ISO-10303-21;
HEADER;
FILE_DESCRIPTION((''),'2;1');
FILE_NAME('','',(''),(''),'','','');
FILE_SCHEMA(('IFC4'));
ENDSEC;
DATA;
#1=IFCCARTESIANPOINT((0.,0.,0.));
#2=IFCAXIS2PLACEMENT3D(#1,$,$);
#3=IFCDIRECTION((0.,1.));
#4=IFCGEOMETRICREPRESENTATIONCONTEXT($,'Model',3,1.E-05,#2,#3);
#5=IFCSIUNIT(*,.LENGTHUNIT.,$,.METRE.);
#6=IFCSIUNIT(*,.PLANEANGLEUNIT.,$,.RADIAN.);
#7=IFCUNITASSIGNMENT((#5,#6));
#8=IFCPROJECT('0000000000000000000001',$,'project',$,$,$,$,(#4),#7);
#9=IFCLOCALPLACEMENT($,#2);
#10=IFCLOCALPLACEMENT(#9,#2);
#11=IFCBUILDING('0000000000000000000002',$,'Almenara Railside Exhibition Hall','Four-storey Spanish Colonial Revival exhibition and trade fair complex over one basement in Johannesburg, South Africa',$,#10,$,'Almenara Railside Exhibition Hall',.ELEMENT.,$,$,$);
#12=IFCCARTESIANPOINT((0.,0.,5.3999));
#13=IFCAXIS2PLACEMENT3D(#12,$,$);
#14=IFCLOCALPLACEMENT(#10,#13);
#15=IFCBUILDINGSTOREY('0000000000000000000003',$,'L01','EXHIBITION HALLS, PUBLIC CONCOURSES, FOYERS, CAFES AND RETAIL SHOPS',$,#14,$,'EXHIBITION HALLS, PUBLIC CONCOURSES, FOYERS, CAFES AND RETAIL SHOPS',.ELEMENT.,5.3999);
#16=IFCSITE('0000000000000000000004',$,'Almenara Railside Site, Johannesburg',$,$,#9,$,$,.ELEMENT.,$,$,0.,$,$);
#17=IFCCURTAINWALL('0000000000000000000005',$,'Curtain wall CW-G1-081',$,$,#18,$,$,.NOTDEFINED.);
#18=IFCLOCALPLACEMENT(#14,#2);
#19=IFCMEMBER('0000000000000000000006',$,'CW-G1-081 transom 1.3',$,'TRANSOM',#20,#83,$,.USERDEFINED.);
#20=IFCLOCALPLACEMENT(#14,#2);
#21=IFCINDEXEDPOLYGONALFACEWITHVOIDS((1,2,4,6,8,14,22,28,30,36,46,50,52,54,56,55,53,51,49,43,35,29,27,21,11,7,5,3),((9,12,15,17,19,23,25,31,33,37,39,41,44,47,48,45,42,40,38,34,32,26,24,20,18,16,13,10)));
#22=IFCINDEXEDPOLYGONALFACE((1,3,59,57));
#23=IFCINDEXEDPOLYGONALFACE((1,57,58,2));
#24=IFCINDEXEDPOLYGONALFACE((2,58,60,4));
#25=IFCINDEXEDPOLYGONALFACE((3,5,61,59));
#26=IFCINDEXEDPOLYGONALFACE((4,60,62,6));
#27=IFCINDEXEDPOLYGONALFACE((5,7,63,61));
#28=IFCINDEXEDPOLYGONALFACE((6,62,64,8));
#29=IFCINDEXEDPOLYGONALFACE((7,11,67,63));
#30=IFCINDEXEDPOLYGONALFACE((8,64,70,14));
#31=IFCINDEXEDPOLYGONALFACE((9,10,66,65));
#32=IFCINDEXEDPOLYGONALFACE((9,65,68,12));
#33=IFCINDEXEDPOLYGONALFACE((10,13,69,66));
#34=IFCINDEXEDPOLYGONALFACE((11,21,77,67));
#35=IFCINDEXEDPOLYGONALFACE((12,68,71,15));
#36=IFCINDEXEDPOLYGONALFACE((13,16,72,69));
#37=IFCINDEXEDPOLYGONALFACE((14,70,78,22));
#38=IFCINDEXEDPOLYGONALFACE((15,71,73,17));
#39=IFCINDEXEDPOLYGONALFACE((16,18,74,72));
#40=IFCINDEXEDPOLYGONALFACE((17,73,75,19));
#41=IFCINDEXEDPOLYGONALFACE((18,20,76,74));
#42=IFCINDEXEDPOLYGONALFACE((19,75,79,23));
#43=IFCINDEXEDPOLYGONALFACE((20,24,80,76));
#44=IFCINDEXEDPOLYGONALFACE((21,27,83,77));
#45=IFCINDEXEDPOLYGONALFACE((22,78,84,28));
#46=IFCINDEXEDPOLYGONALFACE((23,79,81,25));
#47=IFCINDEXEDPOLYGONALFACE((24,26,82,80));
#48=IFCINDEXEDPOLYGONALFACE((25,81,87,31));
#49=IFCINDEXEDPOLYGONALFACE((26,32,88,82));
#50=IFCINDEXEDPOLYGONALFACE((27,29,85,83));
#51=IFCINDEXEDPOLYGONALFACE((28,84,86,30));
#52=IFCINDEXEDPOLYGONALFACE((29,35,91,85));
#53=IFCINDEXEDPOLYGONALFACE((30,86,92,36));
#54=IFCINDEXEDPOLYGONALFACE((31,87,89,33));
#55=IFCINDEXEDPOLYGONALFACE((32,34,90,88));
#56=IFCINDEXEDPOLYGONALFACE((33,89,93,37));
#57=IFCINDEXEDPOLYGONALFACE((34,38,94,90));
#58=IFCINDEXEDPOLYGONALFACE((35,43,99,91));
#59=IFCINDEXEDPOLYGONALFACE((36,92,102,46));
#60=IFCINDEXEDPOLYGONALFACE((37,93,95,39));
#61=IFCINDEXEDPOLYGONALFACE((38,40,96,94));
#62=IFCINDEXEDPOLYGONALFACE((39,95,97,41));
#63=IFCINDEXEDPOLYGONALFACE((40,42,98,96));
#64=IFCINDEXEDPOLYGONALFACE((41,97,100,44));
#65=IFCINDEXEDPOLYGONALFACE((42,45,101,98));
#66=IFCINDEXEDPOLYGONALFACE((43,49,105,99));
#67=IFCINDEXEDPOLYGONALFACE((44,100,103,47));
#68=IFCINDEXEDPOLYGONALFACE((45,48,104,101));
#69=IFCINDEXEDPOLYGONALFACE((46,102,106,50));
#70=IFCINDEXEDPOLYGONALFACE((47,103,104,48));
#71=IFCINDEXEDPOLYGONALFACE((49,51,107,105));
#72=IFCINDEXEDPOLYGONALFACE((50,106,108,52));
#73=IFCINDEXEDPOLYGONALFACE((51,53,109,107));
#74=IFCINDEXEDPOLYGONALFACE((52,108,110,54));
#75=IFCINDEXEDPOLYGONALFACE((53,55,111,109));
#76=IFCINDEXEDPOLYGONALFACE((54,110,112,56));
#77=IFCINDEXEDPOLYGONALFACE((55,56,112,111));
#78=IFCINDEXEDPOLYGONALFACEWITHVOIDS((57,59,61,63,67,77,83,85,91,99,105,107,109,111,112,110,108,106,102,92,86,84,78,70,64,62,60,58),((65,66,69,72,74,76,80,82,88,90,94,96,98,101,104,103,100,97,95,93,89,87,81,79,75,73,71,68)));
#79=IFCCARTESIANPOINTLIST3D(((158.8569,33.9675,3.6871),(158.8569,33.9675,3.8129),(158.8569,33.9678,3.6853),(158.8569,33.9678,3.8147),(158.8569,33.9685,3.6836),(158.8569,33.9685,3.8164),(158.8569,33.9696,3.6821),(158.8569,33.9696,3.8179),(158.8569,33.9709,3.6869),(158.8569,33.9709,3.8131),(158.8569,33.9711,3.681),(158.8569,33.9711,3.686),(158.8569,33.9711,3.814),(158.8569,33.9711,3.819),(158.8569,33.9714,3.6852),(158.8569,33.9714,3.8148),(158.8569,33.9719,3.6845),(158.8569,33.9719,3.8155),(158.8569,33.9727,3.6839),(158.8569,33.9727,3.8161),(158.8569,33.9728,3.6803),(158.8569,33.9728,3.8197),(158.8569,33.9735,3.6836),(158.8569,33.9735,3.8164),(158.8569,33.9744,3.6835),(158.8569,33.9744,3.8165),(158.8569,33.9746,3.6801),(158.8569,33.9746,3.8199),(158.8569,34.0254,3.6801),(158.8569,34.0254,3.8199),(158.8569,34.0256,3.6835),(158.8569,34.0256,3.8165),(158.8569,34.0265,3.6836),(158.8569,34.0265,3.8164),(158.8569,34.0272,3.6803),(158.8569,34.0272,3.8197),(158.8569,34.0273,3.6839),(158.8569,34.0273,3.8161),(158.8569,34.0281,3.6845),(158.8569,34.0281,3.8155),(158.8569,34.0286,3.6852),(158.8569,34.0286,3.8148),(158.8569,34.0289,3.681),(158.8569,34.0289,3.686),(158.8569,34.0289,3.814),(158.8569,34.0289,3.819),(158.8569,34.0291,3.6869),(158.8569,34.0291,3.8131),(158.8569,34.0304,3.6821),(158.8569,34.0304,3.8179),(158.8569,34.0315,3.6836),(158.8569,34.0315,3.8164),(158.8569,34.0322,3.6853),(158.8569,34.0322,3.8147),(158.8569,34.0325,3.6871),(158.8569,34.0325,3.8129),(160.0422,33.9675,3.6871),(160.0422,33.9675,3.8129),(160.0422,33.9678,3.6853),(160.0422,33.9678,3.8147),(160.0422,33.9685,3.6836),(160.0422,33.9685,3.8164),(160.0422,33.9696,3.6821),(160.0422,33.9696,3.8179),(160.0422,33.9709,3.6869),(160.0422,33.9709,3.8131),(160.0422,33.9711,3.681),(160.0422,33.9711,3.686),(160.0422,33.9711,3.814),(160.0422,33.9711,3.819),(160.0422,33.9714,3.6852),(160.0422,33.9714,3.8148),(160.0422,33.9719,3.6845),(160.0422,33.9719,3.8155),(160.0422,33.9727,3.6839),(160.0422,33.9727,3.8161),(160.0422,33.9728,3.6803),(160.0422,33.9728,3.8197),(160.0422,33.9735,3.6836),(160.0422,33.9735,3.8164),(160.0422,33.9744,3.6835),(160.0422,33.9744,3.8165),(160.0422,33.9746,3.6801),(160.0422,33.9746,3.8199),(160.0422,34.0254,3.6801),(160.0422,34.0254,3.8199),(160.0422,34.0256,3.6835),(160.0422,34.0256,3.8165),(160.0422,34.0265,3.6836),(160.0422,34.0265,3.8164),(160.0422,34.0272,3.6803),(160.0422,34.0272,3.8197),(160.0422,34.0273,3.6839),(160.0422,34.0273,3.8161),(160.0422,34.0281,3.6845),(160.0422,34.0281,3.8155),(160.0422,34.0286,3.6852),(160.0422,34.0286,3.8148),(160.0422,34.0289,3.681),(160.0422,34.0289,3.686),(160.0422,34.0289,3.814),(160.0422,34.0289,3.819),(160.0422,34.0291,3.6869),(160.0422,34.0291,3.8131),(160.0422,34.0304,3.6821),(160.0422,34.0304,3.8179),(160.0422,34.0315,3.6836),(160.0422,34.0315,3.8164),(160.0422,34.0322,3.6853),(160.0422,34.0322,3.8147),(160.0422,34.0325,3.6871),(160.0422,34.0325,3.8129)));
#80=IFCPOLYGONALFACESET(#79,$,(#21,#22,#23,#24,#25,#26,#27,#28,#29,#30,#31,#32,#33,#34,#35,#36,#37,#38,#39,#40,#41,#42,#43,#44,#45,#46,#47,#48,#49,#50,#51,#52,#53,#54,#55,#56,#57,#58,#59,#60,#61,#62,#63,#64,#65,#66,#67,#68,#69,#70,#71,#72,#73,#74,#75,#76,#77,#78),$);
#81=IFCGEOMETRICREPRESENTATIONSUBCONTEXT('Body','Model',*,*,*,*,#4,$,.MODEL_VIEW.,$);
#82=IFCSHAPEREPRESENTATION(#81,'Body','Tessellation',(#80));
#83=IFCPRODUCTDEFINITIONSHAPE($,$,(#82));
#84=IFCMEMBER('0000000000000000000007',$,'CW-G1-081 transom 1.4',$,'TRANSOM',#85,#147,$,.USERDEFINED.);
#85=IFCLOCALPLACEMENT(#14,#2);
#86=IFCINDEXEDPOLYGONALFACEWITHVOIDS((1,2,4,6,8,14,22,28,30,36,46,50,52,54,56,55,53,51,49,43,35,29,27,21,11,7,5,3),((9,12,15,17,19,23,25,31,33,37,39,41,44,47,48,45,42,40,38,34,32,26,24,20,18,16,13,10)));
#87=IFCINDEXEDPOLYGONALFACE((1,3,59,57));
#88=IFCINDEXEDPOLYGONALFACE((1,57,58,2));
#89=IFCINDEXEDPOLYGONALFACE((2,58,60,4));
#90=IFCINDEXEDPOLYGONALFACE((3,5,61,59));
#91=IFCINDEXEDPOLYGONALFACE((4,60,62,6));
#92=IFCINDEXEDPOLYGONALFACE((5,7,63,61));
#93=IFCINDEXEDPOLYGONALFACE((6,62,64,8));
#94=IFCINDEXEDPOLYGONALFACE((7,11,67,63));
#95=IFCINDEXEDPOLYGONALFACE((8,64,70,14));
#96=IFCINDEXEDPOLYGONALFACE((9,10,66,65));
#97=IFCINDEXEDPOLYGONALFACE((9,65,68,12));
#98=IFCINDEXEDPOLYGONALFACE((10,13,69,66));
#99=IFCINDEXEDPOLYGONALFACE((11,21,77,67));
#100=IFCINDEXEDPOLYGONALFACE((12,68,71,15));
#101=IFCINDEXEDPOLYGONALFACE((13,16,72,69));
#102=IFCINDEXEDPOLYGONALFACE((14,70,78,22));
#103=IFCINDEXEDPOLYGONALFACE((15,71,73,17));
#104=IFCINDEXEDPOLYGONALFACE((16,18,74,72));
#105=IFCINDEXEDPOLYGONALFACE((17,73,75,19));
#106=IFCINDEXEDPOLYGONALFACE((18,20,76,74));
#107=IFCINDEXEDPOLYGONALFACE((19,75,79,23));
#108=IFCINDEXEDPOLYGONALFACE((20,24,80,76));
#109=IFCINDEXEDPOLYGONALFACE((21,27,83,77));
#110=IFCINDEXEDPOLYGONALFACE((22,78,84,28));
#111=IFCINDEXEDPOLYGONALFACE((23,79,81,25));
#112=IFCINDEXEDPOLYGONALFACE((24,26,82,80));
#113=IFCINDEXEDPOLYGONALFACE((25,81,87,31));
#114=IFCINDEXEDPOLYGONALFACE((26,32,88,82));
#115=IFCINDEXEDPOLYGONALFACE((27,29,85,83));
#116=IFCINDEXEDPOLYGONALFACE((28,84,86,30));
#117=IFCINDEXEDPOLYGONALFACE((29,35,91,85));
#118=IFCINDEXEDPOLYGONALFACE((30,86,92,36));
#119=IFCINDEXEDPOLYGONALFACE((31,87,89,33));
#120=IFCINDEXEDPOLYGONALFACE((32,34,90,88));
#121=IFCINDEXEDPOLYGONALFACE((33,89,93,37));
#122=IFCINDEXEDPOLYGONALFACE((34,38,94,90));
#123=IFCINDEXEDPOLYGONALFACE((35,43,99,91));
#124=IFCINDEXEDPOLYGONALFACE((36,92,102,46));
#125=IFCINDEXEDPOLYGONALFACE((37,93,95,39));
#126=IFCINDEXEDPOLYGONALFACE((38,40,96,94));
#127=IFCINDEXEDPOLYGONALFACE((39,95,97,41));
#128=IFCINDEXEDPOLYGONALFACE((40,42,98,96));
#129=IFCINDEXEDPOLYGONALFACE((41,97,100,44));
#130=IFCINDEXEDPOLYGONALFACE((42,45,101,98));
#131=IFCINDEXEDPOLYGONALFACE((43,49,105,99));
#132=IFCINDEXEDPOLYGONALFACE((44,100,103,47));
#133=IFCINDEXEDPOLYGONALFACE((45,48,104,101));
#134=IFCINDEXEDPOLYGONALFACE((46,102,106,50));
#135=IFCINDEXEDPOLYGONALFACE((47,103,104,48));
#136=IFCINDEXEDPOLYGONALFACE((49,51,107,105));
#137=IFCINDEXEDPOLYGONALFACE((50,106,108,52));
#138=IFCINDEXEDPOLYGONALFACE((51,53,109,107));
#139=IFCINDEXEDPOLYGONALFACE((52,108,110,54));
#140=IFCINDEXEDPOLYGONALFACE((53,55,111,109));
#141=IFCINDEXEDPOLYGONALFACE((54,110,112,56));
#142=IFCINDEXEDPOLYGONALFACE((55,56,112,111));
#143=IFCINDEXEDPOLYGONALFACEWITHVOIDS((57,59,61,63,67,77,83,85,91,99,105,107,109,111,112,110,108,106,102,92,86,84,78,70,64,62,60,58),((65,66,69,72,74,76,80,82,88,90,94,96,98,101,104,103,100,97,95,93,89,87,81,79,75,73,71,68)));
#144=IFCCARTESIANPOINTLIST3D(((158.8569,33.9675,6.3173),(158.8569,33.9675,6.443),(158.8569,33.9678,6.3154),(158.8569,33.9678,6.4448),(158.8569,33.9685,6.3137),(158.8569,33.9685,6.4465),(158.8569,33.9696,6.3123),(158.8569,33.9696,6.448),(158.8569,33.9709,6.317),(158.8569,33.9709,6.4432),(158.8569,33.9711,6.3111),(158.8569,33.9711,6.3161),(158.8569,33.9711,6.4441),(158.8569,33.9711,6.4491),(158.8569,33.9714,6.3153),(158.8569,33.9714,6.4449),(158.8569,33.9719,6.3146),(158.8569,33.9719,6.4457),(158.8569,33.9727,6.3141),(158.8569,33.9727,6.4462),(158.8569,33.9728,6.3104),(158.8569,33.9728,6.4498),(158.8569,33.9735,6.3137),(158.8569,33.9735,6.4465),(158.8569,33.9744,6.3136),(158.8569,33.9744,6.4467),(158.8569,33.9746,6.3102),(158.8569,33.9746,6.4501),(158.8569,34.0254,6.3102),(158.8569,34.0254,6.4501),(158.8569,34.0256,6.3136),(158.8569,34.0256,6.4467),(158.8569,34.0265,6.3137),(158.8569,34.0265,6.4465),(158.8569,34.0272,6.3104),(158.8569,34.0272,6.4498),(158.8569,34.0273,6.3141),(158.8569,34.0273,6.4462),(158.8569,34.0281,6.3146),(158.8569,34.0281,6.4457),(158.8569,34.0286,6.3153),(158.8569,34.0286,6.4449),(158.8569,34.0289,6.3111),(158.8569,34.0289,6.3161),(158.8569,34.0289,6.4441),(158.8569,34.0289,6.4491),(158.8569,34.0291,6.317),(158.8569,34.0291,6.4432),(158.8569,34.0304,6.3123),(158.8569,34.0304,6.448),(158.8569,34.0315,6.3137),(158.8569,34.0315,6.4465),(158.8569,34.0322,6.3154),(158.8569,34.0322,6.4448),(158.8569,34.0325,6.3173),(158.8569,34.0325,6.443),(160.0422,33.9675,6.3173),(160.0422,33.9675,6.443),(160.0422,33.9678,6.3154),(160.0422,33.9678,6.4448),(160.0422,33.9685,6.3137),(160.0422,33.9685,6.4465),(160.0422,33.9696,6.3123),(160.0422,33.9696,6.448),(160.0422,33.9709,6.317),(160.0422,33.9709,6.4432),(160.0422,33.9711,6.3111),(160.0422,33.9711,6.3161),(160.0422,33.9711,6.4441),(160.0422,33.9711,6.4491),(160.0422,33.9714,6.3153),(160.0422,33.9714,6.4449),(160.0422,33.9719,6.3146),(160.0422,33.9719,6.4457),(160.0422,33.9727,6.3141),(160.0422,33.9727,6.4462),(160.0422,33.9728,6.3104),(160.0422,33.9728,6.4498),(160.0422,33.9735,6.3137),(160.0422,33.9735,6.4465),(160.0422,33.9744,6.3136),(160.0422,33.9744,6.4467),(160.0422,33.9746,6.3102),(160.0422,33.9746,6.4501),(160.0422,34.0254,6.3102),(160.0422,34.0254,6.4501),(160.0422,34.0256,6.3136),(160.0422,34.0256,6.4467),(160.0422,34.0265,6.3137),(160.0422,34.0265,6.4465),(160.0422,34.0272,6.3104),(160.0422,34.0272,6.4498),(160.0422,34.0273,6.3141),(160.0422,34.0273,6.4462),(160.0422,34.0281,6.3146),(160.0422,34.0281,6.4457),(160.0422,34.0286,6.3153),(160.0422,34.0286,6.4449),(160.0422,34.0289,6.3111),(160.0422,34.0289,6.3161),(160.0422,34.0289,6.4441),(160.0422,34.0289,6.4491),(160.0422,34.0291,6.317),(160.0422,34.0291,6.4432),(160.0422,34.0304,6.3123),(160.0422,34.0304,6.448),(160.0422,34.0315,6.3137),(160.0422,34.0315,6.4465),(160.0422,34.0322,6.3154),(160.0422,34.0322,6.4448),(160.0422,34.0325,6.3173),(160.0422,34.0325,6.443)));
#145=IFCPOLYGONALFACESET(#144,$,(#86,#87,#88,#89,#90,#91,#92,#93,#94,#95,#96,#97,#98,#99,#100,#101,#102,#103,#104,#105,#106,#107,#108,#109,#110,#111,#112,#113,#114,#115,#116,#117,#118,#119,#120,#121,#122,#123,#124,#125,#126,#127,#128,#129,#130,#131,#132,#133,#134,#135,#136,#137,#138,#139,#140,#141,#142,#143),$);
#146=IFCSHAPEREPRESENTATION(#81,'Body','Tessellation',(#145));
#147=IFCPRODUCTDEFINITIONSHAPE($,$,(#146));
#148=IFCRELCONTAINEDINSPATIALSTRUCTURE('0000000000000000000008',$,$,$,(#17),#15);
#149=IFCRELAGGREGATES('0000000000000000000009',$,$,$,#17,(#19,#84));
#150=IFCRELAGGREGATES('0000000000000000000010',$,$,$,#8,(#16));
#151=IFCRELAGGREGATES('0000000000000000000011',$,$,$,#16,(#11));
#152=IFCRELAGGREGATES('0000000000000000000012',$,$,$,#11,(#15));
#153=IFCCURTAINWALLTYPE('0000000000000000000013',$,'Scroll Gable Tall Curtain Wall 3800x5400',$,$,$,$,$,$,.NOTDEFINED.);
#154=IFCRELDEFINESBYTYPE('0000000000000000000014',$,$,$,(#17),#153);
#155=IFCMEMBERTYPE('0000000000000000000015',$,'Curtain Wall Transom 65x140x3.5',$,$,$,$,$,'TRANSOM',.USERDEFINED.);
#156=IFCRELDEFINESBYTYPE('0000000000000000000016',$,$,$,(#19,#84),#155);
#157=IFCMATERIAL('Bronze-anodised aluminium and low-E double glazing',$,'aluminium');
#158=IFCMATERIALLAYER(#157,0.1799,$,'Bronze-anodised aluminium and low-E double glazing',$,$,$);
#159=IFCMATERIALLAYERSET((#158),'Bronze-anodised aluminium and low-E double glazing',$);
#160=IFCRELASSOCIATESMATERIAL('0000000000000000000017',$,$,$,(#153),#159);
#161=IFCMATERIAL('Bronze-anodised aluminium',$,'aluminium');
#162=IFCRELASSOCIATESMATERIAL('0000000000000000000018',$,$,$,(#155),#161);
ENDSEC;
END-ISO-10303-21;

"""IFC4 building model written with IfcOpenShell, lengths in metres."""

from ifc_helpers import new_model, si_unit, direction, frame, origin, origin_2d, place, context, subcontext, project, spatial, hollow_rectangle, extrude, material, layer, layer_set, material_profile, profile_set, type_object, element, aggregate, save


model = new_model("IFC4")

# Units and contexts
model_context = context("Model", 3, precision=1e-05, world=origin(), true_north=direction((0.0, 1.0)))
body_context = subcontext(model_context, "Body", "Model", "MODEL_VIEW")
ifc_project = project(units=[si_unit("LENGTHUNIT", "METRE"), si_unit("PLANEANGLEUNIT", "RADIAN")], contexts=[model_context])

# Site, building, storey
site_placement = place(None, origin())
site = spatial("IfcSite", under=ifc_project, at=site_placement, Name="Almenara Railside Site, Johannesburg", CompositionType="ELEMENT", RefElevation=0.0)
building_placement = place(site_placement, origin())
building = spatial("IfcBuilding", under=site, at=building_placement, Name="Almenara Railside Exhibition Hall", Description="Four-storey Spanish Colonial Revival exhibition and trade fair complex over one basement in Johannesburg, South Africa", LongName="Almenara Railside Exhibition Hall", CompositionType="ELEMENT")
storey_placement = place(building_placement, frame((0.0, 0.0, 5.3999)))
storey = spatial("IfcBuildingStorey", under=building, at=storey_placement, Name="L01", Description="EXHIBITION HALLS, PUBLIC CONCOURSES, FOYERS, CAFES AND RETAIL SHOPS", LongName="EXHIBITION HALLS, PUBLIC CONCOURSES, FOYERS, CAFES AND RETAIL SHOPS", CompositionType="ELEMENT", Elevation=5.3999)

# Curtain wall
ifc_material_1 = material(Name="Bronze-anodised aluminium and low-E double glazing", Category="aluminium")
ifc_layer_1 = layer(ifc_material_1, 0.1799, Name="Bronze-anodised aluminium and low-E double glazing")
ifc_layer_set_1 = layer_set([ifc_layer_1], Name="Bronze-anodised aluminium and low-E double glazing")
curtain_wall_type_1 = type_object("IfcCurtainWallType", Name="Scroll Gable Tall Curtain Wall 3800x5400", PredefinedType="NOTDEFINED", material=ifc_layer_set_1)
curtain_wall_1_placement = place(storey_placement, origin())
curtain_wall_1 = element("IfcCurtainWall", 1, at=curtain_wall_1_placement, inside=storey, type_object=curtain_wall_type_1, Name="Curtain wall CW-G1-081", PredefinedType="NOTDEFINED")
ifc_material_2 = material(Name="Bronze-anodised aluminium", Category="aluminium")

# Members
ifc_material_profile_1 = material_profile(ifc_material_2, hollow_rectangle(XDim=0.0649, YDim=0.1399, WallThickness=0.0034, InnerFilletRadius=0.0034, OuterFilletRadius=0.0071, at=origin_2d()), Name="ALU-TRN 65x140x3.5")
ifc_profile_set_1 = profile_set([ifc_material_profile_1], Name="Bronze-anodised aluminium")
member_type_1 = type_object("IfcMemberType", Name="Curtain Wall Transom 65x140x3.5", ElementType="TRANSOM", PredefinedType="USERDEFINED", material=ifc_profile_set_1)
member_1_placement = place(storey_placement, frame((158.8569, 34.0, 3.75), z_axis=(1.0, 0.0, 0.0), x_axis=(0.0, 1.0, 0.0)))
member_1 = element("IfcMember", 2, at=member_1_placement, type_object=member_type_1, Name="CW-G1-081 transom 1.3", ObjectType="TRANSOM", PredefinedType="USERDEFINED", context=body_context, shape_type="SweptSolid", body=[
    extrude(hollow_rectangle(XDim=0.0649, YDim=0.1399, WallThickness=0.0034, InnerFilletRadius=0.0034, OuterFilletRadius=0.0071, at=origin_2d()), origin(), (0.0, 0.0, 1.0), 1.1853),
])
member_2_placement = place(storey_placement, frame((158.8569, 34.0, 6.3801), z_axis=(1.0, 0.0, 0.0), x_axis=(0.0, 1.0, 0.0)))
member_2 = element("IfcMember", 3, at=member_2_placement, type_object=member_type_1, Name="CW-G1-081 transom 1.4", ObjectType="TRANSOM", PredefinedType="USERDEFINED", context=body_context, shape_type="SweptSolid", body=[
    extrude(hollow_rectangle(XDim=0.0649, YDim=0.1399, WallThickness=0.0034, InnerFilletRadius=0.0034, OuterFilletRadius=0.0071, at=origin_2d()), origin(), (0.0, 0.0, 1.0), 1.1853),
])

aggregate(curtain_wall_1, [member_1, member_2])

save(model, "model.ifc")
